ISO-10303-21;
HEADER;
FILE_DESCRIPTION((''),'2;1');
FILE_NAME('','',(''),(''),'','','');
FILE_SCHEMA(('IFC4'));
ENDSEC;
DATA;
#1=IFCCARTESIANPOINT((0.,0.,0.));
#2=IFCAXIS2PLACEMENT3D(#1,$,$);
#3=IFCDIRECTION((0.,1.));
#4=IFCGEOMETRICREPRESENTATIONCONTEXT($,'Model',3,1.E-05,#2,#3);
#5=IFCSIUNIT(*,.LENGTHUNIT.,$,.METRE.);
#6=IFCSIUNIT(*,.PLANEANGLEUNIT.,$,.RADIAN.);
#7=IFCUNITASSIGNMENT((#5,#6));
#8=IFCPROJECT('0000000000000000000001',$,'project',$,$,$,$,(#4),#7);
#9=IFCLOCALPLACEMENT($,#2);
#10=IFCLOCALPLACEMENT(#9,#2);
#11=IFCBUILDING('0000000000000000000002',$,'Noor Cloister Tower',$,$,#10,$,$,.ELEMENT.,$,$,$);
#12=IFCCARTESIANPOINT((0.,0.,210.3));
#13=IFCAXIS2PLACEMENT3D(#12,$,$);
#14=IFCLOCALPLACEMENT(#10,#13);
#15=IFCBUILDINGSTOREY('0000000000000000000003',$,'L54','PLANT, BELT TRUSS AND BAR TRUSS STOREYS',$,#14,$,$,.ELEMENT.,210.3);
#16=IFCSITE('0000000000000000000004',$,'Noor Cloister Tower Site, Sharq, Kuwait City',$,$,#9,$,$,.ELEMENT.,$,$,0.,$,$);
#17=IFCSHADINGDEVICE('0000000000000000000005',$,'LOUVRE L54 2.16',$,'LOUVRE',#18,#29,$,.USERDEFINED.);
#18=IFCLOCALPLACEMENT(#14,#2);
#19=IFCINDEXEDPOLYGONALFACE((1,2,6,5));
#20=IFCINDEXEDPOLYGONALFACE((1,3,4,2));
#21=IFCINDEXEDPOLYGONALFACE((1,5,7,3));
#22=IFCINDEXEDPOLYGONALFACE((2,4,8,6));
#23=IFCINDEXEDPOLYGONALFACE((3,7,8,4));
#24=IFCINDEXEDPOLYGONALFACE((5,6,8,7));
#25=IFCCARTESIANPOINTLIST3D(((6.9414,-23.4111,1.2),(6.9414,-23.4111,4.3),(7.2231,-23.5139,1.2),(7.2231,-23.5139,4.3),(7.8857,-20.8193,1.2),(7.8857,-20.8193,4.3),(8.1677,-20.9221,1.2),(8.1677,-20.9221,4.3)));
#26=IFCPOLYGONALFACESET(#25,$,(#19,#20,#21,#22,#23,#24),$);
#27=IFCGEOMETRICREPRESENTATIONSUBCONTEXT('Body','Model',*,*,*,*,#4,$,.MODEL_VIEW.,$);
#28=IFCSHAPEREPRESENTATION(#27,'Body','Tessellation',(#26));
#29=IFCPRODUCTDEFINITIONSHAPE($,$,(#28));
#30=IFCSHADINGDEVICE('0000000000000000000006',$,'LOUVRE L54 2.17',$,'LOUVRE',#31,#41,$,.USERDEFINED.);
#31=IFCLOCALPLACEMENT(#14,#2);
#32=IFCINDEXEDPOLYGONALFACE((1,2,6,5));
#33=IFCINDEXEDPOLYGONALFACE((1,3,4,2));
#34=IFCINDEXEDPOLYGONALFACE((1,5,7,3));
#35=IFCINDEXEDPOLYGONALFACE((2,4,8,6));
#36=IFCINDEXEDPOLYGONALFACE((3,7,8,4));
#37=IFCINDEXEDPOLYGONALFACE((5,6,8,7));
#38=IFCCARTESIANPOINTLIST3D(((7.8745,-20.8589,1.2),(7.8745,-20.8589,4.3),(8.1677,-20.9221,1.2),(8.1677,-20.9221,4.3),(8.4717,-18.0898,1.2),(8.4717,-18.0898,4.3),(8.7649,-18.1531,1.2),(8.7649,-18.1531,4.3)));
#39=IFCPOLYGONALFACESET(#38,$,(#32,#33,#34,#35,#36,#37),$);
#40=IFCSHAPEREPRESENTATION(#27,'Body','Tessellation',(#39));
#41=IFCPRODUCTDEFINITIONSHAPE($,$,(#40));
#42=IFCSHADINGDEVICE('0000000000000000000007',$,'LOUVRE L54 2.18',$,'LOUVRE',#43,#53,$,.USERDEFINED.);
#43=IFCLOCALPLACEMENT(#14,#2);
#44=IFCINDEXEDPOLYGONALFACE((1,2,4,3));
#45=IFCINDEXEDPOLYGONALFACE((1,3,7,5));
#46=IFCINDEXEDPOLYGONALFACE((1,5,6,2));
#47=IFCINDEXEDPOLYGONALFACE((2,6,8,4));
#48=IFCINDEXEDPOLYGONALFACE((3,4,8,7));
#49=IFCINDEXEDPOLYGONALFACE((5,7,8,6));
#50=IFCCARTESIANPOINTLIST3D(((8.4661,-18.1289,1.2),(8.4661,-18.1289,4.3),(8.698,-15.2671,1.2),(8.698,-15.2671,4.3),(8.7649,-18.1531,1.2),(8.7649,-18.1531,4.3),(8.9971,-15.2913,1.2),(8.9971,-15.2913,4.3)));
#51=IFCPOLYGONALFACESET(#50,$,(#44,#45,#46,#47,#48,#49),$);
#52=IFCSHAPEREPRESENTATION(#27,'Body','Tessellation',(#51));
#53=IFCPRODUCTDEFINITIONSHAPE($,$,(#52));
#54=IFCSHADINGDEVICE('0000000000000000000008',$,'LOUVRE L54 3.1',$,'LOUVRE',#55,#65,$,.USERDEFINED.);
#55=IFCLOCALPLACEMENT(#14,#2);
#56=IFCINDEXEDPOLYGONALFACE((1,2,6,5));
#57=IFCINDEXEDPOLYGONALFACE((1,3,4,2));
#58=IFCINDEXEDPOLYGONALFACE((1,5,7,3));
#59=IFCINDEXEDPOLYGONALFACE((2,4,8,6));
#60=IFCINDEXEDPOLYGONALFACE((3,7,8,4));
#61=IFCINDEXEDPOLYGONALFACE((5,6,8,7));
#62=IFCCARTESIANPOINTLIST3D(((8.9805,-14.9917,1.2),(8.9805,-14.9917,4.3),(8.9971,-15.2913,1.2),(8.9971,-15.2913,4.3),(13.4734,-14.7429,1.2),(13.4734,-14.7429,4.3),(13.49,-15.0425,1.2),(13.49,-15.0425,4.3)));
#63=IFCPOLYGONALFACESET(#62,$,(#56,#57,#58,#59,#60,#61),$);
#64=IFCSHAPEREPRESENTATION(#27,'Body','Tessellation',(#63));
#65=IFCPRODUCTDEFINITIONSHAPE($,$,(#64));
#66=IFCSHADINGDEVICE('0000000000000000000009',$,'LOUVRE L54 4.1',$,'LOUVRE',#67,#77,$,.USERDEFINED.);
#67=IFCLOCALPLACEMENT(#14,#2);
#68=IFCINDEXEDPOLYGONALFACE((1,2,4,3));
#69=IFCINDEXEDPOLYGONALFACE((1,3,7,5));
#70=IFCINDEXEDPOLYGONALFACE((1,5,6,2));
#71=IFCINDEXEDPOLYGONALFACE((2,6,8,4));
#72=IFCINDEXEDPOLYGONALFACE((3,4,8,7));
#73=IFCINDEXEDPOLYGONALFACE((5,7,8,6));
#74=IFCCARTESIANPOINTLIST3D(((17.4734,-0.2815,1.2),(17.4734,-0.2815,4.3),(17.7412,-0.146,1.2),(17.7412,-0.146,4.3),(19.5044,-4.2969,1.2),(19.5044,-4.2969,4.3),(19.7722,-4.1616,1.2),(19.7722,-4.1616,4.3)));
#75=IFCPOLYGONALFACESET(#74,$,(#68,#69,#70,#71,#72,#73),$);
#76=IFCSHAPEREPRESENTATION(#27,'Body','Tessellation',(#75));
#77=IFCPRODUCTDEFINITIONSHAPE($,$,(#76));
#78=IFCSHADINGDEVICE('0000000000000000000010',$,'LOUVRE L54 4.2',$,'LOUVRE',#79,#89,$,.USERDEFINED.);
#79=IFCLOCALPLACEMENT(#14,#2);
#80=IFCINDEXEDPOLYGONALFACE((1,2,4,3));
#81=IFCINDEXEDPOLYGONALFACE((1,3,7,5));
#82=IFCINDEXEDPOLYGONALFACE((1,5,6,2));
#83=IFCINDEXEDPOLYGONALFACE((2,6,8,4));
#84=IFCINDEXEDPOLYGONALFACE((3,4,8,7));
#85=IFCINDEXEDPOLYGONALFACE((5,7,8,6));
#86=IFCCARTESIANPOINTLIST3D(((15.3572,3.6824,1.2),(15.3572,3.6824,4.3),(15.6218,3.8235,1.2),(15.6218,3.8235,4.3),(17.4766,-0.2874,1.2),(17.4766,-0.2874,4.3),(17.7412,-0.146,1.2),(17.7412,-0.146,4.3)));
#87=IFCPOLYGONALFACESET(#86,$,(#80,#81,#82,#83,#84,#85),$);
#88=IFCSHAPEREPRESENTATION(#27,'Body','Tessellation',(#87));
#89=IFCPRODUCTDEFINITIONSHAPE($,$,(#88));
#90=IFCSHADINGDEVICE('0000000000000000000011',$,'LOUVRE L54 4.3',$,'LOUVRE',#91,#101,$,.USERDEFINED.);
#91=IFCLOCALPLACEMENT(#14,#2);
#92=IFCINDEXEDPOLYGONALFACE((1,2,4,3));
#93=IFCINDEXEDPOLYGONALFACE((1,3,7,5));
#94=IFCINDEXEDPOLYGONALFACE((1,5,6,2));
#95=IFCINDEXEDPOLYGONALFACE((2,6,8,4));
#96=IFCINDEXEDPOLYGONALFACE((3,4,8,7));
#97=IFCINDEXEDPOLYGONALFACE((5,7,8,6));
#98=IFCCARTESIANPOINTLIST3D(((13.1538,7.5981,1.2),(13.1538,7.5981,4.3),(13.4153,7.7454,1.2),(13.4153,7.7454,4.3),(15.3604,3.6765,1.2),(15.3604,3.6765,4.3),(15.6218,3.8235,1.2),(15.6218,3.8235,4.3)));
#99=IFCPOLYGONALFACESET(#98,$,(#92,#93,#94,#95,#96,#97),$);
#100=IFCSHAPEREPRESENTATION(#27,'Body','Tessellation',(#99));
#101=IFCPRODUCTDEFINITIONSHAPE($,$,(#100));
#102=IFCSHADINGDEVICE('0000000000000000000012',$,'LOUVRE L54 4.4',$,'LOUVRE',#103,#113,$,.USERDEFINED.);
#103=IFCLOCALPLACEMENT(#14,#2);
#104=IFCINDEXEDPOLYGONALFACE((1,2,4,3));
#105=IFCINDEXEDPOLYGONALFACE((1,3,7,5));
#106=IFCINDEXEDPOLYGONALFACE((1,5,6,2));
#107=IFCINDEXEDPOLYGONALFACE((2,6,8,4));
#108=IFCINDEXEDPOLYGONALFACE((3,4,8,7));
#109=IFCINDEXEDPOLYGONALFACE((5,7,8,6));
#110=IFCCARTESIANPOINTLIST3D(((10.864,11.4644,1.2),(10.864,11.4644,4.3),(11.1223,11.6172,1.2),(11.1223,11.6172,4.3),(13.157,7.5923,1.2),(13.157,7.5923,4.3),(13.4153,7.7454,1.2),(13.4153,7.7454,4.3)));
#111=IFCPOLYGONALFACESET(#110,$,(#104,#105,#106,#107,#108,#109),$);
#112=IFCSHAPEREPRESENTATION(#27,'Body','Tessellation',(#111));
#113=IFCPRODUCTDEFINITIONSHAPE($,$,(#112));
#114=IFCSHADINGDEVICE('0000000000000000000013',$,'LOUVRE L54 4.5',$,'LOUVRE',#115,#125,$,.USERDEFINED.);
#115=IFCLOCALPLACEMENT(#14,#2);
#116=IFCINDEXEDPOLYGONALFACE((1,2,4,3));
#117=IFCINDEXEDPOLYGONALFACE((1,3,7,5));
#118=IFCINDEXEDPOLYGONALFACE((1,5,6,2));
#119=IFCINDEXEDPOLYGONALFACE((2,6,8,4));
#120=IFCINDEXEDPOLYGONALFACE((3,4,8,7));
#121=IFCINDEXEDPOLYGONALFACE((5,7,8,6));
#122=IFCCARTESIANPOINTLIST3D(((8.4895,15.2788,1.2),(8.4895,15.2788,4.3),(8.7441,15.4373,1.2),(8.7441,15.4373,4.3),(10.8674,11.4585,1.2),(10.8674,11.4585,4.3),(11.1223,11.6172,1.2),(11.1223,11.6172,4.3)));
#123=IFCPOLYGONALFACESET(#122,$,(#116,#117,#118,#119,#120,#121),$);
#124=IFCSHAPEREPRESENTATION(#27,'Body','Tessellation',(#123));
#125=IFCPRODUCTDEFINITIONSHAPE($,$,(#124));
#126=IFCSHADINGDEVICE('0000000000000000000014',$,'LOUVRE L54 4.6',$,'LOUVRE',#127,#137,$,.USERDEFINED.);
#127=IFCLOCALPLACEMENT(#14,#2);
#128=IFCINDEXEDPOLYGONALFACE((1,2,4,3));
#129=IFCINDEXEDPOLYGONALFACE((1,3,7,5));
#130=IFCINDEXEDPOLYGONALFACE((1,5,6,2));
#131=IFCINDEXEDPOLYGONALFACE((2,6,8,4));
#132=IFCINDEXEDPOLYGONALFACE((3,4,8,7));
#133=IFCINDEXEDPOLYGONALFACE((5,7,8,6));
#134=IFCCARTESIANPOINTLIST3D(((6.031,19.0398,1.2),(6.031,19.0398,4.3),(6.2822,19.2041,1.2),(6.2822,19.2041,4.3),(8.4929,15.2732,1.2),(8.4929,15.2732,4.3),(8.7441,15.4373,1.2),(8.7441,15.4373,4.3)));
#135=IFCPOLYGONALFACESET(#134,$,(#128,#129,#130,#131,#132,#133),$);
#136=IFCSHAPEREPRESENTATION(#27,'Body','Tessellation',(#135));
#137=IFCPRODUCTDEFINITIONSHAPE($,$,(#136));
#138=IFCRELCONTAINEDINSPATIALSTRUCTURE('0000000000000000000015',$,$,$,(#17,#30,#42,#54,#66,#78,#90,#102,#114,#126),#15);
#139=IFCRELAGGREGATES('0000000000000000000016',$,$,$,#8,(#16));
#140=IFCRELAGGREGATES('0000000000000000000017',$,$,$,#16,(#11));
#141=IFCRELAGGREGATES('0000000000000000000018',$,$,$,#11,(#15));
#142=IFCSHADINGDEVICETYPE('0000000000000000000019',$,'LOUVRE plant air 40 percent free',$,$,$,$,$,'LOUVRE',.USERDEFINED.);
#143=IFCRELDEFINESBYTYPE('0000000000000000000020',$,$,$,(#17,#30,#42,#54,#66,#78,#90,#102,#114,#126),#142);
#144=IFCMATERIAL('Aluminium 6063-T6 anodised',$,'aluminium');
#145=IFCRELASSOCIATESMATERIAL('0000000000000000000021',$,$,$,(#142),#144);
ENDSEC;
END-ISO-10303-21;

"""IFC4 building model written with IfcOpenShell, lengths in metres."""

from ifc_helpers import new_model, si_unit, direction, frame, origin, place, context, subcontext, project, spatial, polyline, outline, extrude, material, type_object, element, save


model = new_model("IFC4")

# Units and contexts
model_context = context("Model", 3, precision=1e-05, world=origin(), true_north=direction((0.0, 1.0)))
body_context = subcontext(model_context, "Body", "Model", "MODEL_VIEW")
ifc_project = project(units=[si_unit("LENGTHUNIT", "METRE"), si_unit("PLANEANGLEUNIT", "RADIAN")], contexts=[model_context])

# Site, building, storey
site_placement = place(None, origin())
site = spatial("IfcSite", under=ifc_project, at=site_placement, Name="Noor Cloister Tower Site, Sharq, Kuwait City", CompositionType="ELEMENT", RefElevation=0.0)
building_placement = place(site_placement, origin())
building = spatial("IfcBuilding", under=site, at=building_placement, Name="Noor Cloister Tower", CompositionType="ELEMENT")
storey_placement = place(building_placement, frame((0.0, 0.0, 210.3)))
storey = spatial("IfcBuildingStorey", under=building, at=storey_placement, Name="L54", Description="PLANT, BELT TRUSS AND BAR TRUSS STOREYS", CompositionType="ELEMENT", Elevation=210.3)

# Shading devices
ifc_material_1 = material(Name="Aluminium 6063-T6 anodised", Category="aluminium")
shading_device_type = type_object("IfcShadingDeviceType", Name="LOUVRE plant air 40 percent free", ElementType="LOUVRE", PredefinedType="USERDEFINED", material=ifc_material_1)
shading_device_1_placement = place(storey_placement, frame((0.0, 0.0, 1.2)))
element("IfcShadingDevice", 1, at=shading_device_1_placement, inside=storey, type_object=shading_device_type, Name="LOUVRE L54 2.16", ObjectType="LOUVRE", PredefinedType="USERDEFINED", context=body_context, shape_type="SweptSolid", body=[
    extrude(outline(polyline([(7.2231, -23.5139), (8.1677, -20.9221), (7.8857, -20.8193), (6.9414, -23.4111), (7.2231, -23.5139)])), origin(), (0.0, 0.0, 1.0), 3.1001),
])
shading_device_2_placement = place(storey_placement, frame((0.0, 0.0, 1.2)))
element("IfcShadingDevice", 2, at=shading_device_2_placement, inside=storey, type_object=shading_device_type, Name="LOUVRE L54 2.17", ObjectType="LOUVRE", PredefinedType="USERDEFINED", context=body_context, shape_type="SweptSolid", body=[
    extrude(outline(polyline([(8.1677, -20.9221), (8.7649, -18.1531), (8.4717, -18.0898), (7.8745, -20.8589), (8.1677, -20.9221)])), origin(), (0.0, 0.0, 1.0), 3.1001),
])
shading_device_3_placement = place(storey_placement, frame((0.0, 0.0, 1.2)))
element("IfcShadingDevice", 3, at=shading_device_3_placement, inside=storey, type_object=shading_device_type, Name="LOUVRE L54 2.18", ObjectType="LOUVRE", PredefinedType="USERDEFINED", context=body_context, shape_type="SweptSolid", body=[
    extrude(outline(polyline([(8.7649, -18.1531), (8.9971, -15.2913), (8.698, -15.2671), (8.4661, -18.1289), (8.7649, -18.1531)])), origin(), (0.0, 0.0, 1.0), 3.1001),
])
shading_device_4_placement = place(storey_placement, frame((0.0, 0.0, 1.2)))
element("IfcShadingDevice", 4, at=shading_device_4_placement, inside=storey, type_object=shading_device_type, Name="LOUVRE L54 3.1", ObjectType="LOUVRE", PredefinedType="USERDEFINED", context=body_context, shape_type="SweptSolid", body=[
    extrude(outline(polyline([(8.9971, -15.2913), (13.49, -15.0425), (13.4734, -14.7429), (8.9805, -14.9917), (8.9971, -15.2913)])), origin(), (0.0, 0.0, 1.0), 3.1001),
])
shading_device_5_placement = place(storey_placement, frame((0.0, 0.0, 1.2)))
element("IfcShadingDevice", 5, at=shading_device_5_placement, inside=storey, type_object=shading_device_type, Name="LOUVRE L54 4.1", ObjectType="LOUVRE", PredefinedType="USERDEFINED", context=body_context, shape_type="SweptSolid", body=[
    extrude(outline(polyline([(19.7722, -4.1616), (17.7412, -0.146), (17.4734, -0.2815), (19.5044, -4.2969), (19.7722, -4.1616)])), origin(), (0.0, 0.0, 1.0), 3.1001),
])
shading_device_6_placement = place(storey_placement, frame((0.0, 0.0, 1.2)))
element("IfcShadingDevice", 6, at=shading_device_6_placement, inside=storey, type_object=shading_device_type, Name="LOUVRE L54 4.2", ObjectType="LOUVRE", PredefinedType="USERDEFINED", context=body_context, shape_type="SweptSolid", body=[
    extrude(outline(polyline([(17.7412, -0.146), (15.6218, 3.8235), (15.3572, 3.6824), (17.4766, -0.2874), (17.7412, -0.146)])), origin(), (0.0, 0.0, 1.0), 3.1001),
])
shading_device_7_placement = place(storey_placement, frame((0.0, 0.0, 1.2)))
element("IfcShadingDevice", 7, at=shading_device_7_placement, inside=storey, type_object=shading_device_type, Name="LOUVRE L54 4.3", ObjectType="LOUVRE", PredefinedType="USERDEFINED", context=body_context, shape_type="SweptSolid", body=[
    extrude(outline(polyline([(15.6218, 3.8235), (13.4153, 7.7454), (13.1538, 7.5981), (15.3604, 3.6765), (15.6218, 3.8235)])), origin(), (0.0, 0.0, 1.0), 3.1001),
])
shading_device_8_placement = place(storey_placement, frame((0.0, 0.0, 1.2)))
element("IfcShadingDevice", 8, at=shading_device_8_placement, inside=storey, type_object=shading_device_type, Name="LOUVRE L54 4.4", ObjectType="LOUVRE", PredefinedType="USERDEFINED", context=body_context, shape_type="SweptSolid", body=[
    extrude(outline(polyline([(13.4153, 7.7454), (11.1223, 11.6172), (10.864, 11.4644), (13.157, 7.5923), (13.4153, 7.7454)])), origin(), (0.0, 0.0, 1.0), 3.1001),
])
shading_device_9_placement = place(storey_placement, frame((0.0, 0.0, 1.2)))
element("IfcShadingDevice", 9, at=shading_device_9_placement, inside=storey, type_object=shading_device_type, Name="LOUVRE L54 4.5", ObjectType="LOUVRE", PredefinedType="USERDEFINED", context=body_context, shape_type="SweptSolid", body=[
    extrude(outline(polyline([(11.1223, 11.6172), (8.7441, 15.4373), (8.4895, 15.2788), (10.8674, 11.4585), (11.1223, 11.6172)])), origin(), (0.0, 0.0, 1.0), 3.1001),
])
shading_device_10_placement = place(storey_placement, frame((0.0, 0.0, 1.2)))
element("IfcShadingDevice", 10, at=shading_device_10_placement, inside=storey, type_object=shading_device_type, Name="LOUVRE L54 4.6", ObjectType="LOUVRE", PredefinedType="USERDEFINED", context=body_context, shape_type="SweptSolid", body=[
    extrude(outline(polyline([(8.7441, 15.4373), (6.2822, 19.2041), (6.031, 19.0398), (8.4929, 15.2732), (8.7441, 15.4373)])), origin(), (0.0, 0.0, 1.0), 3.1001),
])

save(model, "model.ifc")
